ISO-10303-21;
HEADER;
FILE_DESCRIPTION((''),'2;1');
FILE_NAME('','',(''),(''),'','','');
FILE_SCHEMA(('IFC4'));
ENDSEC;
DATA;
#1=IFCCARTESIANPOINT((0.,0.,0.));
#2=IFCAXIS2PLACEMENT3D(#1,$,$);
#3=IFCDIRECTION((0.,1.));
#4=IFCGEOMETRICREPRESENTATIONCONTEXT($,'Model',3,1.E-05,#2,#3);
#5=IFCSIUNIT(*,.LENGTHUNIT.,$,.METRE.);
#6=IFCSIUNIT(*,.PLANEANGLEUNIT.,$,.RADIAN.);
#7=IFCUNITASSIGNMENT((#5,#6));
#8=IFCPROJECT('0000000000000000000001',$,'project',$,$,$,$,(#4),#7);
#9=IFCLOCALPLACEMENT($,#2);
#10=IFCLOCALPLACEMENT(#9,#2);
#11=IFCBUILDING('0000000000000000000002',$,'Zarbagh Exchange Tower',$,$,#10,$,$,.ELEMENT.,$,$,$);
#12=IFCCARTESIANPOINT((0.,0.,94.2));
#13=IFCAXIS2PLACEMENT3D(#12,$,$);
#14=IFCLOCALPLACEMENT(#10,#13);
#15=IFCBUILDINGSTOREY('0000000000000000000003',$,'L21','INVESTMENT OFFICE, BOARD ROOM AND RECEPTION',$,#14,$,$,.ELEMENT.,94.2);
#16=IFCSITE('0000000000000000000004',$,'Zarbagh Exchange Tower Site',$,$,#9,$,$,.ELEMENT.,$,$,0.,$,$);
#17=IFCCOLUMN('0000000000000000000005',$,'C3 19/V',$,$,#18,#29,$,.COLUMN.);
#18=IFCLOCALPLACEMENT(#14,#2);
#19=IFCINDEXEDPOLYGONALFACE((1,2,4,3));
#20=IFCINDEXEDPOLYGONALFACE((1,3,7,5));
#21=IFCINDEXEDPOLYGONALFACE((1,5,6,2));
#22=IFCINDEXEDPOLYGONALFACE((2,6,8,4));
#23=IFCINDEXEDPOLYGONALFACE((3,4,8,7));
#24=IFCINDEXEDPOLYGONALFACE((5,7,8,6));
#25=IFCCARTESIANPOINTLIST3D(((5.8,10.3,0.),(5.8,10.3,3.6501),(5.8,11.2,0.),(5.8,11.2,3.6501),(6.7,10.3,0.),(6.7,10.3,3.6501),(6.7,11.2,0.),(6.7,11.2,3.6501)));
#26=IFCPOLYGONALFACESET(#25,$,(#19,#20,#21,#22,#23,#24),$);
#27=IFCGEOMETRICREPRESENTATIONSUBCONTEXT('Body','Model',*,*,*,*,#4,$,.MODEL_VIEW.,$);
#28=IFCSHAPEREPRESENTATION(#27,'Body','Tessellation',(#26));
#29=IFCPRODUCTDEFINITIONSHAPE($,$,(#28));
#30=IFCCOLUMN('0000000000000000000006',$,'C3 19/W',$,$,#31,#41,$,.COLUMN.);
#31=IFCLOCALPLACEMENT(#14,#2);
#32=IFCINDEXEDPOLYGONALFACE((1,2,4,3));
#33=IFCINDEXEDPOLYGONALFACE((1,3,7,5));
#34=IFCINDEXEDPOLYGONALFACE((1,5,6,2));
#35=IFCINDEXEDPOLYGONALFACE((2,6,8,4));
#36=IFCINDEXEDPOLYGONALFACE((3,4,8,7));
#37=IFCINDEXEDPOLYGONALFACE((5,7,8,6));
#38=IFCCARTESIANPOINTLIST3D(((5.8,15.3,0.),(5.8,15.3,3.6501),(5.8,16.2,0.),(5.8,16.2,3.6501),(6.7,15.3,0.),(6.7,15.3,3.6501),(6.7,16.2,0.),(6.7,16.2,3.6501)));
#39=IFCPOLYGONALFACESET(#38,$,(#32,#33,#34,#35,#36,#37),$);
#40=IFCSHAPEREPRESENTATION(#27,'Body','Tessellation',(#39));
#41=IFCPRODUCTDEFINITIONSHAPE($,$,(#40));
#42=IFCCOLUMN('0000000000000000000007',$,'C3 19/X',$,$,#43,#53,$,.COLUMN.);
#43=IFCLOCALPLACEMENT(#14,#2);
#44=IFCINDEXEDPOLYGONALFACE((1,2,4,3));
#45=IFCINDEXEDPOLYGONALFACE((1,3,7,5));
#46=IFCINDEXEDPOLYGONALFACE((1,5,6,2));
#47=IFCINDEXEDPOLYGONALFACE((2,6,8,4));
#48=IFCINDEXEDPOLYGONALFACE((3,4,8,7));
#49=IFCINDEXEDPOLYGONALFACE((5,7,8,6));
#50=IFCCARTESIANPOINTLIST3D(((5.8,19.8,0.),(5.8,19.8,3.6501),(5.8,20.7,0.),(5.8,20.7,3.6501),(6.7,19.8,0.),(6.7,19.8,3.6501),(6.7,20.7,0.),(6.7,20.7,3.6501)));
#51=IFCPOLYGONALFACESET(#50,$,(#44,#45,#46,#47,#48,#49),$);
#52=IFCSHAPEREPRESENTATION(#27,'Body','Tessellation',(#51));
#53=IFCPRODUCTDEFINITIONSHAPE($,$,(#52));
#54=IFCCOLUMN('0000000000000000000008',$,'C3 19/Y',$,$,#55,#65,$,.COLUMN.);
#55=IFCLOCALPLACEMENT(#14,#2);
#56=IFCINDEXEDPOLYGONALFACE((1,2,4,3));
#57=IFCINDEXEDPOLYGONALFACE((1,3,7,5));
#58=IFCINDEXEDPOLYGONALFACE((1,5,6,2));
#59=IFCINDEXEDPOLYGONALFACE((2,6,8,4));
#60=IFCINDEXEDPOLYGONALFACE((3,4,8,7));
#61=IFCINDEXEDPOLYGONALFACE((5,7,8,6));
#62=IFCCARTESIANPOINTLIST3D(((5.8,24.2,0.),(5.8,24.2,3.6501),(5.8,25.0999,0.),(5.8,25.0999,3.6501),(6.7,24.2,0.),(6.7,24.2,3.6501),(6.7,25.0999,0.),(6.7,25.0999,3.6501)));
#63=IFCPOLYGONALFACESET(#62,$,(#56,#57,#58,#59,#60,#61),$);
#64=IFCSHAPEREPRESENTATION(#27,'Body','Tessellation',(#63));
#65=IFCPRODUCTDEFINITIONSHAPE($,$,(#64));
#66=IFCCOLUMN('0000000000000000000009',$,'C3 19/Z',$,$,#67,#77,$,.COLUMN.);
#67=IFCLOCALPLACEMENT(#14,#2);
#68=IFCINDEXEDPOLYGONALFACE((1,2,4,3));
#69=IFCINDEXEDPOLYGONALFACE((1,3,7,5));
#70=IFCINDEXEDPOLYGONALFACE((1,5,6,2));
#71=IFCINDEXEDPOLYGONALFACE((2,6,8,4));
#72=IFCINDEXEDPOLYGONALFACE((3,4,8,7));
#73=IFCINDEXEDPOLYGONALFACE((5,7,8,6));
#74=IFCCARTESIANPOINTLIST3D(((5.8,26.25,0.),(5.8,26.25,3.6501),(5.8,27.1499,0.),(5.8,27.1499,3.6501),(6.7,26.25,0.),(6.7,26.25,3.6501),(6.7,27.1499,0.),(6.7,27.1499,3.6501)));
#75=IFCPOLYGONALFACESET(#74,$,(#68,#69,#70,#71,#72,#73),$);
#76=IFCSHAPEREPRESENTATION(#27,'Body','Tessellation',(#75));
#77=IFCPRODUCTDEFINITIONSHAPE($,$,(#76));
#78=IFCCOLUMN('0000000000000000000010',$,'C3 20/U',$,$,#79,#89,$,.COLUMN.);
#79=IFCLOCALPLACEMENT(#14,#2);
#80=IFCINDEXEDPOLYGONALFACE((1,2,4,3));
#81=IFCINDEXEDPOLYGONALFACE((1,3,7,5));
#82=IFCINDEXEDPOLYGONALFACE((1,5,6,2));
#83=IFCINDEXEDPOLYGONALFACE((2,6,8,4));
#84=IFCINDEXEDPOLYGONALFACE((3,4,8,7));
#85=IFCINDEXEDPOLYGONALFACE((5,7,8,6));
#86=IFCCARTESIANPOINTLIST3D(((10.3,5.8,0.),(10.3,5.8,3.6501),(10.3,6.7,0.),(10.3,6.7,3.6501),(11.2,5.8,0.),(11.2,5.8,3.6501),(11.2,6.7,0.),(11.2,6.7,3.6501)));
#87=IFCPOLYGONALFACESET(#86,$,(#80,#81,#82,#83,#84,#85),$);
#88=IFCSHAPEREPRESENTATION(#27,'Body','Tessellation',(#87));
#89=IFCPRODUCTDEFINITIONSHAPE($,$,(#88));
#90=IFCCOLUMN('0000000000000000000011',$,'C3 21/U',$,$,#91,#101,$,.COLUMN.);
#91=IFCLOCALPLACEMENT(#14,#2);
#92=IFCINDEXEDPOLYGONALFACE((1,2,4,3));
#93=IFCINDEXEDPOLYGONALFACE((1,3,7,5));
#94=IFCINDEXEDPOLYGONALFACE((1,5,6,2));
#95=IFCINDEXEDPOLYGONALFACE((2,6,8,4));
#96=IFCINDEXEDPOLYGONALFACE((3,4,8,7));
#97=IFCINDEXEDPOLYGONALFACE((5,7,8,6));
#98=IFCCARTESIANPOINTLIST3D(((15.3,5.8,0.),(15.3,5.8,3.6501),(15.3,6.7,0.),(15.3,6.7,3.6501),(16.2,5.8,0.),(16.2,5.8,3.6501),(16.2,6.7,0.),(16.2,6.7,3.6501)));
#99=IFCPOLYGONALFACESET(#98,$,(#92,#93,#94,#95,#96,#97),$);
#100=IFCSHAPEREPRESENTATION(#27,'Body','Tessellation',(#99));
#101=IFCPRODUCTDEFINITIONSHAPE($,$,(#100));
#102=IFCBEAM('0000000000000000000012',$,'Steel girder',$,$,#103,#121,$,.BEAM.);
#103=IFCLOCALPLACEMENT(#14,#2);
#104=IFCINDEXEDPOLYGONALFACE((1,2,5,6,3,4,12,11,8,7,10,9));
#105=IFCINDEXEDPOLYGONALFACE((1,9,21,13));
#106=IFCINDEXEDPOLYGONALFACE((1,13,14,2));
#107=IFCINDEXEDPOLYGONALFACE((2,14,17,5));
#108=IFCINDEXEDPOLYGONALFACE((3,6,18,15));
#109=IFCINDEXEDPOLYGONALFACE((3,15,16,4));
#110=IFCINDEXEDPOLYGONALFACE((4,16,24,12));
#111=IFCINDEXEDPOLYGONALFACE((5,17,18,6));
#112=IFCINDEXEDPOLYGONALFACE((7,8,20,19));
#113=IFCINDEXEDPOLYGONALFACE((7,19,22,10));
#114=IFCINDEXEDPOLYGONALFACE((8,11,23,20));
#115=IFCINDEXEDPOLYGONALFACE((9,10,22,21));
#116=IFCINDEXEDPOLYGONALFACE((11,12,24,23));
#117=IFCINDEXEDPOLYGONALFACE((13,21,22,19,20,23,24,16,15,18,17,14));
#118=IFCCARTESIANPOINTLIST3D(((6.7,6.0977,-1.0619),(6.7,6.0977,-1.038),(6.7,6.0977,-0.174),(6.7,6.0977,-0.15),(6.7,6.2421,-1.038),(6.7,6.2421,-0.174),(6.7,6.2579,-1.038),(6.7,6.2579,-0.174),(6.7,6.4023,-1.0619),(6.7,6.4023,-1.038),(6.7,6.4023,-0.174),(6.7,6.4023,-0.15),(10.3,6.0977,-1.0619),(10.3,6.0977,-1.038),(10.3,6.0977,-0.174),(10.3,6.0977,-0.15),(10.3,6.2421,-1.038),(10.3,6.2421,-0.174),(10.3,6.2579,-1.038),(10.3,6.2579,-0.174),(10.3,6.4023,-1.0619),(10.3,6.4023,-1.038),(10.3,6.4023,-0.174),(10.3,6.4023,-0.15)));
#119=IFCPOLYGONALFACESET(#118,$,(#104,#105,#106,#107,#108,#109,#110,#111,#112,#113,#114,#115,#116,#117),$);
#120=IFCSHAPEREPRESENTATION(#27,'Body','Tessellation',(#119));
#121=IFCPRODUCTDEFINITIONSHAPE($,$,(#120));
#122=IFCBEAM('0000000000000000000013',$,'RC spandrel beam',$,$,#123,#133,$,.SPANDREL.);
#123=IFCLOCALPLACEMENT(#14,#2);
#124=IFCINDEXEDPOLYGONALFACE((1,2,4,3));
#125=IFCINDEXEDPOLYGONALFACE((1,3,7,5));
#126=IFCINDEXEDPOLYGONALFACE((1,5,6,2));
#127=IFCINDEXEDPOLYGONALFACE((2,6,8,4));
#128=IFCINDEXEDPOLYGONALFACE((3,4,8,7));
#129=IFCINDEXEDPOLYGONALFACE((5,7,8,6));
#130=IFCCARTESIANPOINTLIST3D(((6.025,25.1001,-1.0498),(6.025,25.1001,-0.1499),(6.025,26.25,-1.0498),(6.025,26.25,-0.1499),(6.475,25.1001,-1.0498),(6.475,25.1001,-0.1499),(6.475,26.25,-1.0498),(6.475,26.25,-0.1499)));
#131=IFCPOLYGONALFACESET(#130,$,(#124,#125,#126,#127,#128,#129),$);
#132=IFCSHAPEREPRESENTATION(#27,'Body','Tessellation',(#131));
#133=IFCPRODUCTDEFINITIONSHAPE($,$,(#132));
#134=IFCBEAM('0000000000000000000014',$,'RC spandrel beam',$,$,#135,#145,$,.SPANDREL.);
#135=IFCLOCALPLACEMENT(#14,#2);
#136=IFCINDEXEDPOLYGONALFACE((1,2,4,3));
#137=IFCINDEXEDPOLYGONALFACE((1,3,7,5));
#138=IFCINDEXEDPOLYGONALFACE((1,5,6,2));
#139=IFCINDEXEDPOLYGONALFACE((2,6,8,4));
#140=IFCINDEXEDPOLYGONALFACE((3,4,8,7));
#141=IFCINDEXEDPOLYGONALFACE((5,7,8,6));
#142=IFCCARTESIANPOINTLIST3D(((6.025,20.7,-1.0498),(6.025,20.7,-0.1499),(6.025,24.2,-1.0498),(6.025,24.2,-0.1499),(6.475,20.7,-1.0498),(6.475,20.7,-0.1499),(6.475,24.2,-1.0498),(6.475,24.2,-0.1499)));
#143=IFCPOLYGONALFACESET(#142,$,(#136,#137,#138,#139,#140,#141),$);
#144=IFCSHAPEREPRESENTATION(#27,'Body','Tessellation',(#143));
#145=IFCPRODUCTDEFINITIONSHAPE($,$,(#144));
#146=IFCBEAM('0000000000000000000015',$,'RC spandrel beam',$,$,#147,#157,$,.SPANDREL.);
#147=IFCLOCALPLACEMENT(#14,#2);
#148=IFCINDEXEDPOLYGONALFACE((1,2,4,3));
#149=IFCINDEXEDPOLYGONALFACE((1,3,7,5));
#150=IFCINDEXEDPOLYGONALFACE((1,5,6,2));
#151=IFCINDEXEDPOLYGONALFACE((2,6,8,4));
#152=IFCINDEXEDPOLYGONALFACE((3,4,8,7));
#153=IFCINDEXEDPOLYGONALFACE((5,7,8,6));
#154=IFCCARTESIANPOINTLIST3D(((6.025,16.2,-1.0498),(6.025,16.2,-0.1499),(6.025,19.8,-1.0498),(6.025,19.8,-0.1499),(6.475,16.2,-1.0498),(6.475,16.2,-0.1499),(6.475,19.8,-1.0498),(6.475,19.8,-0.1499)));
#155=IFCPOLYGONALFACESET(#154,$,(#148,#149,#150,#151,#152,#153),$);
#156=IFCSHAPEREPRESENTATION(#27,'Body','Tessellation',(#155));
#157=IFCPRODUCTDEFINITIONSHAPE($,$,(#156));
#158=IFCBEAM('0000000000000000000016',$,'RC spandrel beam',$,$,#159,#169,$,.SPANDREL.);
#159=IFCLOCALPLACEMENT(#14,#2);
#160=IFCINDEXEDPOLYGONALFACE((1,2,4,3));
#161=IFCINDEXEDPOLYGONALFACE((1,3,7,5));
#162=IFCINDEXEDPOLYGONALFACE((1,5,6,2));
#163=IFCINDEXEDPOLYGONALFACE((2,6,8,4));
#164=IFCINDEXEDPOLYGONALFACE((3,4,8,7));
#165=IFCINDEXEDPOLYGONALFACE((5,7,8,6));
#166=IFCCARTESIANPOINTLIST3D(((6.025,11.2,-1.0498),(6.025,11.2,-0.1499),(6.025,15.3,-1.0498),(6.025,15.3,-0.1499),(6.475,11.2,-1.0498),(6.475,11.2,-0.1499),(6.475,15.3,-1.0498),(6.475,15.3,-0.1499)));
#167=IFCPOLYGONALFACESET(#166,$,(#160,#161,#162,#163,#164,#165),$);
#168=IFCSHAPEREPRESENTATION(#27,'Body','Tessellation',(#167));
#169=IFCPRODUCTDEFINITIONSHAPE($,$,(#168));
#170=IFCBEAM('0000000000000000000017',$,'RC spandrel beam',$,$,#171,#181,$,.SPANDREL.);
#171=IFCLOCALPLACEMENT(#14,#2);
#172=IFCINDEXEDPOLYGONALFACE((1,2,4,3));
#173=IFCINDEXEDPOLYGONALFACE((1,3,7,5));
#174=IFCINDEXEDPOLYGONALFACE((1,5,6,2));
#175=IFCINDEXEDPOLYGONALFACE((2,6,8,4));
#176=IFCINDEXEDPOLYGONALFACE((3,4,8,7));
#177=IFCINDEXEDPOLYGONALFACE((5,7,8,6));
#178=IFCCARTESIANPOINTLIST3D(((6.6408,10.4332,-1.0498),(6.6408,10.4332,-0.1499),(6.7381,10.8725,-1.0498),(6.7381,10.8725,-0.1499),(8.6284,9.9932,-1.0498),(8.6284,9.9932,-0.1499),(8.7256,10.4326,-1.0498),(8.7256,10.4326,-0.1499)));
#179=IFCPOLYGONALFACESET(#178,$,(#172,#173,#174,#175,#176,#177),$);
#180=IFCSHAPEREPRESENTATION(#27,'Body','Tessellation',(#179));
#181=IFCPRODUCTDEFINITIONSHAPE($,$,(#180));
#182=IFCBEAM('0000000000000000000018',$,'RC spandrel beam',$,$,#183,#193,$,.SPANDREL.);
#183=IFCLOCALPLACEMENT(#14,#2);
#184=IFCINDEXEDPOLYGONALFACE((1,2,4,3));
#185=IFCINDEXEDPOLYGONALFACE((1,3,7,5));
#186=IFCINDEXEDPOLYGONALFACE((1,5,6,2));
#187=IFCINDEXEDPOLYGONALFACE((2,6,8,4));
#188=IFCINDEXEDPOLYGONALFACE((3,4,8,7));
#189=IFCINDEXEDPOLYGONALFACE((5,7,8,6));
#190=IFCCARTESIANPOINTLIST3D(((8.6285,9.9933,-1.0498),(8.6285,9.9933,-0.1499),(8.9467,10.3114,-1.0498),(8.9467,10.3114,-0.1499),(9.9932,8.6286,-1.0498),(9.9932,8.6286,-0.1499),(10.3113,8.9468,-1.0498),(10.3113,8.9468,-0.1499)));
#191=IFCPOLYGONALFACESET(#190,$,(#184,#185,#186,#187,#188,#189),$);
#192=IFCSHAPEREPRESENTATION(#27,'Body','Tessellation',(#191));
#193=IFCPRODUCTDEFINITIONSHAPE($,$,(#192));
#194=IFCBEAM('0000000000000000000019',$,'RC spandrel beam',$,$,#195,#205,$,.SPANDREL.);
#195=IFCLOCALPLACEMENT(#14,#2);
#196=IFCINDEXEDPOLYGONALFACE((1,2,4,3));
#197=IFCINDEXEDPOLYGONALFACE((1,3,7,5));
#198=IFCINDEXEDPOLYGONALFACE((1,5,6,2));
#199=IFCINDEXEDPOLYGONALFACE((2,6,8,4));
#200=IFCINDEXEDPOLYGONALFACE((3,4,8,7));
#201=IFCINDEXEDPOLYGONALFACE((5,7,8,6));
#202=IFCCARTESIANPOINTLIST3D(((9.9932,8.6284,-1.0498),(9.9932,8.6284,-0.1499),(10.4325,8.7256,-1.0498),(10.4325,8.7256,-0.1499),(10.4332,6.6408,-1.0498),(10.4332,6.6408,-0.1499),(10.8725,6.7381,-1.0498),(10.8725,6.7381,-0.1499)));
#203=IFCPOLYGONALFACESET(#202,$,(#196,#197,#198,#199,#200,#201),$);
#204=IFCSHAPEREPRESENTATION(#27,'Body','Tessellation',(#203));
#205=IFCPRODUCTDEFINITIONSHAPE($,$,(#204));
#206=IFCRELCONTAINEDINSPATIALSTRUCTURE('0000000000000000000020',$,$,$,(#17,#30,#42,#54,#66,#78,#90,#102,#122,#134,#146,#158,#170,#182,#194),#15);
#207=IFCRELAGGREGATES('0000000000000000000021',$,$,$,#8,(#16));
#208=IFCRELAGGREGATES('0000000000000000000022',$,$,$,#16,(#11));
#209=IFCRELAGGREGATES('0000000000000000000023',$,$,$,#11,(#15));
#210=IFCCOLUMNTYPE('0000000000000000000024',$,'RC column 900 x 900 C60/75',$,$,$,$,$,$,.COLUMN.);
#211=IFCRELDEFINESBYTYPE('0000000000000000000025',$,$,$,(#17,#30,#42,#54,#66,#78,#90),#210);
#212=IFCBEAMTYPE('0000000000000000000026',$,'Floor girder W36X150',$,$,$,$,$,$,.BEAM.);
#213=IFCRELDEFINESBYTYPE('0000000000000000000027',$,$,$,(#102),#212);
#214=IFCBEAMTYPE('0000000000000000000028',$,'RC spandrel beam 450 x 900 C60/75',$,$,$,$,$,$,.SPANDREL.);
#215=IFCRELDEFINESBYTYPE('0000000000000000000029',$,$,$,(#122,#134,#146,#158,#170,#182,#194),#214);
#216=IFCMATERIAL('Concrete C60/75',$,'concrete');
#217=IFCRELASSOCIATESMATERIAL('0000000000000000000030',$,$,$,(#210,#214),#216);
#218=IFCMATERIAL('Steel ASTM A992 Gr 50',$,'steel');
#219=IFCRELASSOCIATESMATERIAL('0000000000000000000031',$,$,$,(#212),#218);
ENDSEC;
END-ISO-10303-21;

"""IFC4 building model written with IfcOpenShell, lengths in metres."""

from ifc_helpers import new_model, si_unit, direction, frame, origin, origin_2d, place, context, subcontext, project, spatial, rectangle, i_section, extrude, material, material_profile, profile_set, type_object, element, save


model = new_model("IFC4")

# Units and contexts
model_context = context("Model", 3, precision=1e-05, world=origin(), true_north=direction((0.0, 1.0)))
body_context = subcontext(model_context, "Body", "Model", "MODEL_VIEW")
ifc_project = project(units=[si_unit("LENGTHUNIT", "METRE"), si_unit("PLANEANGLEUNIT", "RADIAN")], contexts=[model_context])

# Site, building, storey
site_placement = place(None, origin())
site = spatial("IfcSite", under=ifc_project, at=site_placement, Name="Zarbagh Exchange Tower Site", CompositionType="ELEMENT", RefElevation=0.0)
building_placement = place(site_placement, origin())
building = spatial("IfcBuilding", under=site, at=building_placement, Name="Zarbagh Exchange Tower", CompositionType="ELEMENT")
storey_placement = place(building_placement, frame((0.0, 0.0, 94.2)))
storey = spatial("IfcBuildingStorey", under=building, at=storey_placement, Name="L21", Description="INVESTMENT OFFICE, BOARD ROOM AND RECEPTION", CompositionType="ELEMENT", Elevation=94.2)

# Columns
ifc_material_1 = material(Name="Concrete C60/75", Category="concrete")
ifc_material_profile_1 = material_profile(ifc_material_1, rectangle(XDim=0.8999, YDim=0.8999, at=origin_2d()), Name="RC column 900 x 900 C60/75")
ifc_profile_set_1 = profile_set([ifc_material_profile_1], Name="Concrete C60/75")
column_type = type_object("IfcColumnType", Name="RC column 900 x 900 C60/75", PredefinedType="COLUMN", material=ifc_profile_set_1)
for number, where, z_axis, x_axis, name in (
    (1, (6.25, 10.75, 0.0), (0.0, 0.0, 1.0), (1.0, 0.0, 0.0), "C3 19/V"),
    (2, (6.25, 15.75, 0.0), (0.0, 0.0, 1.0), (1.0, 0.0, 0.0), "C3 19/W"),
    (3, (6.25, 20.25, 0.0), (0.0, 0.0, 1.0), (1.0, 0.0, 0.0), "C3 19/X"),
    (4, (6.25, 24.6499, 0.0), (0.0, 0.0, 1.0), (1.0, 0.0, 0.0), "C3 19/Y"),
    (5, (6.25, 26.7, 0.0), (0.0, 0.0, 1.0), (1.0, 0.0, 0.0), "C3 19/Z"),
    (6, (10.75, 6.25, 0.0), (0.0, 0.0, 1.0), (1.0, 0.0, 0.0), "C3 20/U"),
    (7, (15.75, 6.25, 0.0), (0.0, 0.0, 1.0), (1.0, 0.0, 0.0), "C3 21/U"),
):
    element("IfcColumn", number, at=place(storey_placement, frame(where, z_axis=z_axis, x_axis=x_axis)), inside=storey, type_object=column_type, Name=name, PredefinedType="COLUMN", context=body_context, shape_type="SweptSolid", body=[
        extrude(rectangle(XDim=0.8999, YDim=0.8999, at=origin_2d()), origin(), (0.0, 0.0, 1.0), 3.6501),
    ])

# Beams
ifc_material_2 = material(Name="Steel ASTM A992 Gr 50", Category="steel")
ifc_material_profile_2 = material_profile(ifc_material_2, i_section(OverallWidth=0.3047, OverallDepth=0.9119, WebThickness=0.0159, FlangeThickness=0.0239, at=origin_2d()), Name="W36X150")
ifc_profile_set_2 = profile_set([ifc_material_profile_2], Name="Steel ASTM A992 Gr 50")
beam_type_1 = type_object("IfcBeamType", Name="Floor girder W36X150", PredefinedType="BEAM", material=ifc_profile_set_2)
beam_1_placement = place(storey_placement, frame((6.7, 6.25, -0.606), z_axis=(1.0, 0.0, 0.0), x_axis=(0.0, 1.0, 0.0)))
element("IfcBeam", 8, at=beam_1_placement, inside=storey, type_object=beam_type_1, Name="Steel girder", PredefinedType="BEAM", context=body_context, shape_type="SweptSolid", body=[
    extrude(i_section(OverallWidth=0.3047, OverallDepth=0.9119, WebThickness=0.0159, FlangeThickness=0.0239, at=origin_2d()), origin(), (0.0, 0.0, 1.0), 3.6001),
])
ifc_material_profile_3 = material_profile(ifc_material_1, rectangle(XDim=0.45, YDim=0.8999, at=origin_2d()), Name="RC spandrel beam 450 x 900 C60/75")
ifc_profile_set_3 = profile_set([ifc_material_profile_3], Name="Concrete C60/75")
beam_type_2 = type_object("IfcBeamType", Name="RC spandrel beam 450 x 900 C60/75", PredefinedType="SPANDREL", material=ifc_profile_set_3)
beam_2_placement = place(storey_placement, frame((6.25, 26.25, -0.5999), z_axis=(0.0, -1.0, 0.0), x_axis=(1.0, 0.0, 0.0)))
element("IfcBeam", 9, at=beam_2_placement, inside=storey, type_object=beam_type_2, Name="RC spandrel beam", PredefinedType="SPANDREL", context=body_context, shape_type="SweptSolid", body=[
    extrude(rectangle(XDim=0.45, YDim=0.8999, at=origin_2d()), origin(), (0.0, 0.0, 1.0), 1.1499),
])
beam_3_placement = place(storey_placement, frame((6.25, 24.2, -0.5999), z_axis=(0.0, -1.0, 0.0), x_axis=(1.0, 0.0, 0.0)))
element("IfcBeam", 10, at=beam_3_placement, inside=storey, type_object=beam_type_2, Name="RC spandrel beam", PredefinedType="SPANDREL", context=body_context, shape_type="SweptSolid", body=[
    extrude(rectangle(XDim=0.45, YDim=0.8999, at=origin_2d()), origin(), (0.0, 0.0, 1.0), 3.5),
])
beam_4_placement = place(storey_placement, frame((6.25, 19.8, -0.5999), z_axis=(0.0, -1.0, 0.0), x_axis=(1.0, 0.0, 0.0)))
element("IfcBeam", 11, at=beam_4_placement, inside=storey, type_object=beam_type_2, Name="RC spandrel beam", PredefinedType="SPANDREL", context=body_context, shape_type="SweptSolid", body=[
    extrude(rectangle(XDim=0.45, YDim=0.8999, at=origin_2d()), origin(), (0.0, 0.0, 1.0), 3.6001),
])
beam_5_placement = place(storey_placement, frame((6.25, 15.3, -0.5999), z_axis=(0.0, -1.0, 0.0), x_axis=(1.0, 0.0, 0.0)))
element("IfcBeam", 12, at=beam_5_placement, inside=storey, type_object=beam_type_2, Name="RC spandrel beam", PredefinedType="SPANDREL", context=body_context, shape_type="SweptSolid", body=[
    extrude(rectangle(XDim=0.45, YDim=0.8999, at=origin_2d()), origin(), (0.0, 0.0, 1.0), 4.1001),
])
beam_6_placement = place(storey_placement, frame((6.6895, 10.6528, -0.5999), z_axis=(0.976367, -0.216118, 0.0), x_axis=(0.216118, 0.976367, 0.0)))
element("IfcBeam", 13, at=beam_6_placement, inside=storey, type_object=beam_type_2, Name="RC spandrel beam", PredefinedType="SPANDREL", context=body_context, shape_type="SweptSolid", body=[
    extrude(rectangle(XDim=0.45, YDim=0.8999, at=origin_2d()), origin(), (0.0, 0.0, 1.0), 2.0356),
])
beam_7_placement = place(storey_placement, frame((8.7876, 10.1523, -0.5999), z_axis=(0.707107, -0.707107, 0.0), x_axis=(0.707107, 0.707107, 0.0)))
element("IfcBeam", 14, at=beam_7_placement, inside=storey, type_object=beam_type_2, Name="RC spandrel beam", PredefinedType="SPANDREL", context=body_context, shape_type="SweptSolid", body=[
    extrude(rectangle(XDim=0.45, YDim=0.8999, at=origin_2d()), origin(), (0.0, 0.0, 1.0), 1.9299),
])
beam_8_placement = place(storey_placement, frame((10.2129, 8.677, -0.5999), z_axis=(0.216118, -0.976367, 0.0), x_axis=(0.976367, 0.216118, 0.0)))
element("IfcBeam", 15, at=beam_8_placement, inside=storey, type_object=beam_type_2, Name="RC spandrel beam", PredefinedType="SPANDREL", context=body_context, shape_type="SweptSolid", body=[
    extrude(rectangle(XDim=0.45, YDim=0.8999, at=origin_2d()), origin(), (0.0, 0.0, 1.0), 2.0356),
])

save(model, "model.ifc")
